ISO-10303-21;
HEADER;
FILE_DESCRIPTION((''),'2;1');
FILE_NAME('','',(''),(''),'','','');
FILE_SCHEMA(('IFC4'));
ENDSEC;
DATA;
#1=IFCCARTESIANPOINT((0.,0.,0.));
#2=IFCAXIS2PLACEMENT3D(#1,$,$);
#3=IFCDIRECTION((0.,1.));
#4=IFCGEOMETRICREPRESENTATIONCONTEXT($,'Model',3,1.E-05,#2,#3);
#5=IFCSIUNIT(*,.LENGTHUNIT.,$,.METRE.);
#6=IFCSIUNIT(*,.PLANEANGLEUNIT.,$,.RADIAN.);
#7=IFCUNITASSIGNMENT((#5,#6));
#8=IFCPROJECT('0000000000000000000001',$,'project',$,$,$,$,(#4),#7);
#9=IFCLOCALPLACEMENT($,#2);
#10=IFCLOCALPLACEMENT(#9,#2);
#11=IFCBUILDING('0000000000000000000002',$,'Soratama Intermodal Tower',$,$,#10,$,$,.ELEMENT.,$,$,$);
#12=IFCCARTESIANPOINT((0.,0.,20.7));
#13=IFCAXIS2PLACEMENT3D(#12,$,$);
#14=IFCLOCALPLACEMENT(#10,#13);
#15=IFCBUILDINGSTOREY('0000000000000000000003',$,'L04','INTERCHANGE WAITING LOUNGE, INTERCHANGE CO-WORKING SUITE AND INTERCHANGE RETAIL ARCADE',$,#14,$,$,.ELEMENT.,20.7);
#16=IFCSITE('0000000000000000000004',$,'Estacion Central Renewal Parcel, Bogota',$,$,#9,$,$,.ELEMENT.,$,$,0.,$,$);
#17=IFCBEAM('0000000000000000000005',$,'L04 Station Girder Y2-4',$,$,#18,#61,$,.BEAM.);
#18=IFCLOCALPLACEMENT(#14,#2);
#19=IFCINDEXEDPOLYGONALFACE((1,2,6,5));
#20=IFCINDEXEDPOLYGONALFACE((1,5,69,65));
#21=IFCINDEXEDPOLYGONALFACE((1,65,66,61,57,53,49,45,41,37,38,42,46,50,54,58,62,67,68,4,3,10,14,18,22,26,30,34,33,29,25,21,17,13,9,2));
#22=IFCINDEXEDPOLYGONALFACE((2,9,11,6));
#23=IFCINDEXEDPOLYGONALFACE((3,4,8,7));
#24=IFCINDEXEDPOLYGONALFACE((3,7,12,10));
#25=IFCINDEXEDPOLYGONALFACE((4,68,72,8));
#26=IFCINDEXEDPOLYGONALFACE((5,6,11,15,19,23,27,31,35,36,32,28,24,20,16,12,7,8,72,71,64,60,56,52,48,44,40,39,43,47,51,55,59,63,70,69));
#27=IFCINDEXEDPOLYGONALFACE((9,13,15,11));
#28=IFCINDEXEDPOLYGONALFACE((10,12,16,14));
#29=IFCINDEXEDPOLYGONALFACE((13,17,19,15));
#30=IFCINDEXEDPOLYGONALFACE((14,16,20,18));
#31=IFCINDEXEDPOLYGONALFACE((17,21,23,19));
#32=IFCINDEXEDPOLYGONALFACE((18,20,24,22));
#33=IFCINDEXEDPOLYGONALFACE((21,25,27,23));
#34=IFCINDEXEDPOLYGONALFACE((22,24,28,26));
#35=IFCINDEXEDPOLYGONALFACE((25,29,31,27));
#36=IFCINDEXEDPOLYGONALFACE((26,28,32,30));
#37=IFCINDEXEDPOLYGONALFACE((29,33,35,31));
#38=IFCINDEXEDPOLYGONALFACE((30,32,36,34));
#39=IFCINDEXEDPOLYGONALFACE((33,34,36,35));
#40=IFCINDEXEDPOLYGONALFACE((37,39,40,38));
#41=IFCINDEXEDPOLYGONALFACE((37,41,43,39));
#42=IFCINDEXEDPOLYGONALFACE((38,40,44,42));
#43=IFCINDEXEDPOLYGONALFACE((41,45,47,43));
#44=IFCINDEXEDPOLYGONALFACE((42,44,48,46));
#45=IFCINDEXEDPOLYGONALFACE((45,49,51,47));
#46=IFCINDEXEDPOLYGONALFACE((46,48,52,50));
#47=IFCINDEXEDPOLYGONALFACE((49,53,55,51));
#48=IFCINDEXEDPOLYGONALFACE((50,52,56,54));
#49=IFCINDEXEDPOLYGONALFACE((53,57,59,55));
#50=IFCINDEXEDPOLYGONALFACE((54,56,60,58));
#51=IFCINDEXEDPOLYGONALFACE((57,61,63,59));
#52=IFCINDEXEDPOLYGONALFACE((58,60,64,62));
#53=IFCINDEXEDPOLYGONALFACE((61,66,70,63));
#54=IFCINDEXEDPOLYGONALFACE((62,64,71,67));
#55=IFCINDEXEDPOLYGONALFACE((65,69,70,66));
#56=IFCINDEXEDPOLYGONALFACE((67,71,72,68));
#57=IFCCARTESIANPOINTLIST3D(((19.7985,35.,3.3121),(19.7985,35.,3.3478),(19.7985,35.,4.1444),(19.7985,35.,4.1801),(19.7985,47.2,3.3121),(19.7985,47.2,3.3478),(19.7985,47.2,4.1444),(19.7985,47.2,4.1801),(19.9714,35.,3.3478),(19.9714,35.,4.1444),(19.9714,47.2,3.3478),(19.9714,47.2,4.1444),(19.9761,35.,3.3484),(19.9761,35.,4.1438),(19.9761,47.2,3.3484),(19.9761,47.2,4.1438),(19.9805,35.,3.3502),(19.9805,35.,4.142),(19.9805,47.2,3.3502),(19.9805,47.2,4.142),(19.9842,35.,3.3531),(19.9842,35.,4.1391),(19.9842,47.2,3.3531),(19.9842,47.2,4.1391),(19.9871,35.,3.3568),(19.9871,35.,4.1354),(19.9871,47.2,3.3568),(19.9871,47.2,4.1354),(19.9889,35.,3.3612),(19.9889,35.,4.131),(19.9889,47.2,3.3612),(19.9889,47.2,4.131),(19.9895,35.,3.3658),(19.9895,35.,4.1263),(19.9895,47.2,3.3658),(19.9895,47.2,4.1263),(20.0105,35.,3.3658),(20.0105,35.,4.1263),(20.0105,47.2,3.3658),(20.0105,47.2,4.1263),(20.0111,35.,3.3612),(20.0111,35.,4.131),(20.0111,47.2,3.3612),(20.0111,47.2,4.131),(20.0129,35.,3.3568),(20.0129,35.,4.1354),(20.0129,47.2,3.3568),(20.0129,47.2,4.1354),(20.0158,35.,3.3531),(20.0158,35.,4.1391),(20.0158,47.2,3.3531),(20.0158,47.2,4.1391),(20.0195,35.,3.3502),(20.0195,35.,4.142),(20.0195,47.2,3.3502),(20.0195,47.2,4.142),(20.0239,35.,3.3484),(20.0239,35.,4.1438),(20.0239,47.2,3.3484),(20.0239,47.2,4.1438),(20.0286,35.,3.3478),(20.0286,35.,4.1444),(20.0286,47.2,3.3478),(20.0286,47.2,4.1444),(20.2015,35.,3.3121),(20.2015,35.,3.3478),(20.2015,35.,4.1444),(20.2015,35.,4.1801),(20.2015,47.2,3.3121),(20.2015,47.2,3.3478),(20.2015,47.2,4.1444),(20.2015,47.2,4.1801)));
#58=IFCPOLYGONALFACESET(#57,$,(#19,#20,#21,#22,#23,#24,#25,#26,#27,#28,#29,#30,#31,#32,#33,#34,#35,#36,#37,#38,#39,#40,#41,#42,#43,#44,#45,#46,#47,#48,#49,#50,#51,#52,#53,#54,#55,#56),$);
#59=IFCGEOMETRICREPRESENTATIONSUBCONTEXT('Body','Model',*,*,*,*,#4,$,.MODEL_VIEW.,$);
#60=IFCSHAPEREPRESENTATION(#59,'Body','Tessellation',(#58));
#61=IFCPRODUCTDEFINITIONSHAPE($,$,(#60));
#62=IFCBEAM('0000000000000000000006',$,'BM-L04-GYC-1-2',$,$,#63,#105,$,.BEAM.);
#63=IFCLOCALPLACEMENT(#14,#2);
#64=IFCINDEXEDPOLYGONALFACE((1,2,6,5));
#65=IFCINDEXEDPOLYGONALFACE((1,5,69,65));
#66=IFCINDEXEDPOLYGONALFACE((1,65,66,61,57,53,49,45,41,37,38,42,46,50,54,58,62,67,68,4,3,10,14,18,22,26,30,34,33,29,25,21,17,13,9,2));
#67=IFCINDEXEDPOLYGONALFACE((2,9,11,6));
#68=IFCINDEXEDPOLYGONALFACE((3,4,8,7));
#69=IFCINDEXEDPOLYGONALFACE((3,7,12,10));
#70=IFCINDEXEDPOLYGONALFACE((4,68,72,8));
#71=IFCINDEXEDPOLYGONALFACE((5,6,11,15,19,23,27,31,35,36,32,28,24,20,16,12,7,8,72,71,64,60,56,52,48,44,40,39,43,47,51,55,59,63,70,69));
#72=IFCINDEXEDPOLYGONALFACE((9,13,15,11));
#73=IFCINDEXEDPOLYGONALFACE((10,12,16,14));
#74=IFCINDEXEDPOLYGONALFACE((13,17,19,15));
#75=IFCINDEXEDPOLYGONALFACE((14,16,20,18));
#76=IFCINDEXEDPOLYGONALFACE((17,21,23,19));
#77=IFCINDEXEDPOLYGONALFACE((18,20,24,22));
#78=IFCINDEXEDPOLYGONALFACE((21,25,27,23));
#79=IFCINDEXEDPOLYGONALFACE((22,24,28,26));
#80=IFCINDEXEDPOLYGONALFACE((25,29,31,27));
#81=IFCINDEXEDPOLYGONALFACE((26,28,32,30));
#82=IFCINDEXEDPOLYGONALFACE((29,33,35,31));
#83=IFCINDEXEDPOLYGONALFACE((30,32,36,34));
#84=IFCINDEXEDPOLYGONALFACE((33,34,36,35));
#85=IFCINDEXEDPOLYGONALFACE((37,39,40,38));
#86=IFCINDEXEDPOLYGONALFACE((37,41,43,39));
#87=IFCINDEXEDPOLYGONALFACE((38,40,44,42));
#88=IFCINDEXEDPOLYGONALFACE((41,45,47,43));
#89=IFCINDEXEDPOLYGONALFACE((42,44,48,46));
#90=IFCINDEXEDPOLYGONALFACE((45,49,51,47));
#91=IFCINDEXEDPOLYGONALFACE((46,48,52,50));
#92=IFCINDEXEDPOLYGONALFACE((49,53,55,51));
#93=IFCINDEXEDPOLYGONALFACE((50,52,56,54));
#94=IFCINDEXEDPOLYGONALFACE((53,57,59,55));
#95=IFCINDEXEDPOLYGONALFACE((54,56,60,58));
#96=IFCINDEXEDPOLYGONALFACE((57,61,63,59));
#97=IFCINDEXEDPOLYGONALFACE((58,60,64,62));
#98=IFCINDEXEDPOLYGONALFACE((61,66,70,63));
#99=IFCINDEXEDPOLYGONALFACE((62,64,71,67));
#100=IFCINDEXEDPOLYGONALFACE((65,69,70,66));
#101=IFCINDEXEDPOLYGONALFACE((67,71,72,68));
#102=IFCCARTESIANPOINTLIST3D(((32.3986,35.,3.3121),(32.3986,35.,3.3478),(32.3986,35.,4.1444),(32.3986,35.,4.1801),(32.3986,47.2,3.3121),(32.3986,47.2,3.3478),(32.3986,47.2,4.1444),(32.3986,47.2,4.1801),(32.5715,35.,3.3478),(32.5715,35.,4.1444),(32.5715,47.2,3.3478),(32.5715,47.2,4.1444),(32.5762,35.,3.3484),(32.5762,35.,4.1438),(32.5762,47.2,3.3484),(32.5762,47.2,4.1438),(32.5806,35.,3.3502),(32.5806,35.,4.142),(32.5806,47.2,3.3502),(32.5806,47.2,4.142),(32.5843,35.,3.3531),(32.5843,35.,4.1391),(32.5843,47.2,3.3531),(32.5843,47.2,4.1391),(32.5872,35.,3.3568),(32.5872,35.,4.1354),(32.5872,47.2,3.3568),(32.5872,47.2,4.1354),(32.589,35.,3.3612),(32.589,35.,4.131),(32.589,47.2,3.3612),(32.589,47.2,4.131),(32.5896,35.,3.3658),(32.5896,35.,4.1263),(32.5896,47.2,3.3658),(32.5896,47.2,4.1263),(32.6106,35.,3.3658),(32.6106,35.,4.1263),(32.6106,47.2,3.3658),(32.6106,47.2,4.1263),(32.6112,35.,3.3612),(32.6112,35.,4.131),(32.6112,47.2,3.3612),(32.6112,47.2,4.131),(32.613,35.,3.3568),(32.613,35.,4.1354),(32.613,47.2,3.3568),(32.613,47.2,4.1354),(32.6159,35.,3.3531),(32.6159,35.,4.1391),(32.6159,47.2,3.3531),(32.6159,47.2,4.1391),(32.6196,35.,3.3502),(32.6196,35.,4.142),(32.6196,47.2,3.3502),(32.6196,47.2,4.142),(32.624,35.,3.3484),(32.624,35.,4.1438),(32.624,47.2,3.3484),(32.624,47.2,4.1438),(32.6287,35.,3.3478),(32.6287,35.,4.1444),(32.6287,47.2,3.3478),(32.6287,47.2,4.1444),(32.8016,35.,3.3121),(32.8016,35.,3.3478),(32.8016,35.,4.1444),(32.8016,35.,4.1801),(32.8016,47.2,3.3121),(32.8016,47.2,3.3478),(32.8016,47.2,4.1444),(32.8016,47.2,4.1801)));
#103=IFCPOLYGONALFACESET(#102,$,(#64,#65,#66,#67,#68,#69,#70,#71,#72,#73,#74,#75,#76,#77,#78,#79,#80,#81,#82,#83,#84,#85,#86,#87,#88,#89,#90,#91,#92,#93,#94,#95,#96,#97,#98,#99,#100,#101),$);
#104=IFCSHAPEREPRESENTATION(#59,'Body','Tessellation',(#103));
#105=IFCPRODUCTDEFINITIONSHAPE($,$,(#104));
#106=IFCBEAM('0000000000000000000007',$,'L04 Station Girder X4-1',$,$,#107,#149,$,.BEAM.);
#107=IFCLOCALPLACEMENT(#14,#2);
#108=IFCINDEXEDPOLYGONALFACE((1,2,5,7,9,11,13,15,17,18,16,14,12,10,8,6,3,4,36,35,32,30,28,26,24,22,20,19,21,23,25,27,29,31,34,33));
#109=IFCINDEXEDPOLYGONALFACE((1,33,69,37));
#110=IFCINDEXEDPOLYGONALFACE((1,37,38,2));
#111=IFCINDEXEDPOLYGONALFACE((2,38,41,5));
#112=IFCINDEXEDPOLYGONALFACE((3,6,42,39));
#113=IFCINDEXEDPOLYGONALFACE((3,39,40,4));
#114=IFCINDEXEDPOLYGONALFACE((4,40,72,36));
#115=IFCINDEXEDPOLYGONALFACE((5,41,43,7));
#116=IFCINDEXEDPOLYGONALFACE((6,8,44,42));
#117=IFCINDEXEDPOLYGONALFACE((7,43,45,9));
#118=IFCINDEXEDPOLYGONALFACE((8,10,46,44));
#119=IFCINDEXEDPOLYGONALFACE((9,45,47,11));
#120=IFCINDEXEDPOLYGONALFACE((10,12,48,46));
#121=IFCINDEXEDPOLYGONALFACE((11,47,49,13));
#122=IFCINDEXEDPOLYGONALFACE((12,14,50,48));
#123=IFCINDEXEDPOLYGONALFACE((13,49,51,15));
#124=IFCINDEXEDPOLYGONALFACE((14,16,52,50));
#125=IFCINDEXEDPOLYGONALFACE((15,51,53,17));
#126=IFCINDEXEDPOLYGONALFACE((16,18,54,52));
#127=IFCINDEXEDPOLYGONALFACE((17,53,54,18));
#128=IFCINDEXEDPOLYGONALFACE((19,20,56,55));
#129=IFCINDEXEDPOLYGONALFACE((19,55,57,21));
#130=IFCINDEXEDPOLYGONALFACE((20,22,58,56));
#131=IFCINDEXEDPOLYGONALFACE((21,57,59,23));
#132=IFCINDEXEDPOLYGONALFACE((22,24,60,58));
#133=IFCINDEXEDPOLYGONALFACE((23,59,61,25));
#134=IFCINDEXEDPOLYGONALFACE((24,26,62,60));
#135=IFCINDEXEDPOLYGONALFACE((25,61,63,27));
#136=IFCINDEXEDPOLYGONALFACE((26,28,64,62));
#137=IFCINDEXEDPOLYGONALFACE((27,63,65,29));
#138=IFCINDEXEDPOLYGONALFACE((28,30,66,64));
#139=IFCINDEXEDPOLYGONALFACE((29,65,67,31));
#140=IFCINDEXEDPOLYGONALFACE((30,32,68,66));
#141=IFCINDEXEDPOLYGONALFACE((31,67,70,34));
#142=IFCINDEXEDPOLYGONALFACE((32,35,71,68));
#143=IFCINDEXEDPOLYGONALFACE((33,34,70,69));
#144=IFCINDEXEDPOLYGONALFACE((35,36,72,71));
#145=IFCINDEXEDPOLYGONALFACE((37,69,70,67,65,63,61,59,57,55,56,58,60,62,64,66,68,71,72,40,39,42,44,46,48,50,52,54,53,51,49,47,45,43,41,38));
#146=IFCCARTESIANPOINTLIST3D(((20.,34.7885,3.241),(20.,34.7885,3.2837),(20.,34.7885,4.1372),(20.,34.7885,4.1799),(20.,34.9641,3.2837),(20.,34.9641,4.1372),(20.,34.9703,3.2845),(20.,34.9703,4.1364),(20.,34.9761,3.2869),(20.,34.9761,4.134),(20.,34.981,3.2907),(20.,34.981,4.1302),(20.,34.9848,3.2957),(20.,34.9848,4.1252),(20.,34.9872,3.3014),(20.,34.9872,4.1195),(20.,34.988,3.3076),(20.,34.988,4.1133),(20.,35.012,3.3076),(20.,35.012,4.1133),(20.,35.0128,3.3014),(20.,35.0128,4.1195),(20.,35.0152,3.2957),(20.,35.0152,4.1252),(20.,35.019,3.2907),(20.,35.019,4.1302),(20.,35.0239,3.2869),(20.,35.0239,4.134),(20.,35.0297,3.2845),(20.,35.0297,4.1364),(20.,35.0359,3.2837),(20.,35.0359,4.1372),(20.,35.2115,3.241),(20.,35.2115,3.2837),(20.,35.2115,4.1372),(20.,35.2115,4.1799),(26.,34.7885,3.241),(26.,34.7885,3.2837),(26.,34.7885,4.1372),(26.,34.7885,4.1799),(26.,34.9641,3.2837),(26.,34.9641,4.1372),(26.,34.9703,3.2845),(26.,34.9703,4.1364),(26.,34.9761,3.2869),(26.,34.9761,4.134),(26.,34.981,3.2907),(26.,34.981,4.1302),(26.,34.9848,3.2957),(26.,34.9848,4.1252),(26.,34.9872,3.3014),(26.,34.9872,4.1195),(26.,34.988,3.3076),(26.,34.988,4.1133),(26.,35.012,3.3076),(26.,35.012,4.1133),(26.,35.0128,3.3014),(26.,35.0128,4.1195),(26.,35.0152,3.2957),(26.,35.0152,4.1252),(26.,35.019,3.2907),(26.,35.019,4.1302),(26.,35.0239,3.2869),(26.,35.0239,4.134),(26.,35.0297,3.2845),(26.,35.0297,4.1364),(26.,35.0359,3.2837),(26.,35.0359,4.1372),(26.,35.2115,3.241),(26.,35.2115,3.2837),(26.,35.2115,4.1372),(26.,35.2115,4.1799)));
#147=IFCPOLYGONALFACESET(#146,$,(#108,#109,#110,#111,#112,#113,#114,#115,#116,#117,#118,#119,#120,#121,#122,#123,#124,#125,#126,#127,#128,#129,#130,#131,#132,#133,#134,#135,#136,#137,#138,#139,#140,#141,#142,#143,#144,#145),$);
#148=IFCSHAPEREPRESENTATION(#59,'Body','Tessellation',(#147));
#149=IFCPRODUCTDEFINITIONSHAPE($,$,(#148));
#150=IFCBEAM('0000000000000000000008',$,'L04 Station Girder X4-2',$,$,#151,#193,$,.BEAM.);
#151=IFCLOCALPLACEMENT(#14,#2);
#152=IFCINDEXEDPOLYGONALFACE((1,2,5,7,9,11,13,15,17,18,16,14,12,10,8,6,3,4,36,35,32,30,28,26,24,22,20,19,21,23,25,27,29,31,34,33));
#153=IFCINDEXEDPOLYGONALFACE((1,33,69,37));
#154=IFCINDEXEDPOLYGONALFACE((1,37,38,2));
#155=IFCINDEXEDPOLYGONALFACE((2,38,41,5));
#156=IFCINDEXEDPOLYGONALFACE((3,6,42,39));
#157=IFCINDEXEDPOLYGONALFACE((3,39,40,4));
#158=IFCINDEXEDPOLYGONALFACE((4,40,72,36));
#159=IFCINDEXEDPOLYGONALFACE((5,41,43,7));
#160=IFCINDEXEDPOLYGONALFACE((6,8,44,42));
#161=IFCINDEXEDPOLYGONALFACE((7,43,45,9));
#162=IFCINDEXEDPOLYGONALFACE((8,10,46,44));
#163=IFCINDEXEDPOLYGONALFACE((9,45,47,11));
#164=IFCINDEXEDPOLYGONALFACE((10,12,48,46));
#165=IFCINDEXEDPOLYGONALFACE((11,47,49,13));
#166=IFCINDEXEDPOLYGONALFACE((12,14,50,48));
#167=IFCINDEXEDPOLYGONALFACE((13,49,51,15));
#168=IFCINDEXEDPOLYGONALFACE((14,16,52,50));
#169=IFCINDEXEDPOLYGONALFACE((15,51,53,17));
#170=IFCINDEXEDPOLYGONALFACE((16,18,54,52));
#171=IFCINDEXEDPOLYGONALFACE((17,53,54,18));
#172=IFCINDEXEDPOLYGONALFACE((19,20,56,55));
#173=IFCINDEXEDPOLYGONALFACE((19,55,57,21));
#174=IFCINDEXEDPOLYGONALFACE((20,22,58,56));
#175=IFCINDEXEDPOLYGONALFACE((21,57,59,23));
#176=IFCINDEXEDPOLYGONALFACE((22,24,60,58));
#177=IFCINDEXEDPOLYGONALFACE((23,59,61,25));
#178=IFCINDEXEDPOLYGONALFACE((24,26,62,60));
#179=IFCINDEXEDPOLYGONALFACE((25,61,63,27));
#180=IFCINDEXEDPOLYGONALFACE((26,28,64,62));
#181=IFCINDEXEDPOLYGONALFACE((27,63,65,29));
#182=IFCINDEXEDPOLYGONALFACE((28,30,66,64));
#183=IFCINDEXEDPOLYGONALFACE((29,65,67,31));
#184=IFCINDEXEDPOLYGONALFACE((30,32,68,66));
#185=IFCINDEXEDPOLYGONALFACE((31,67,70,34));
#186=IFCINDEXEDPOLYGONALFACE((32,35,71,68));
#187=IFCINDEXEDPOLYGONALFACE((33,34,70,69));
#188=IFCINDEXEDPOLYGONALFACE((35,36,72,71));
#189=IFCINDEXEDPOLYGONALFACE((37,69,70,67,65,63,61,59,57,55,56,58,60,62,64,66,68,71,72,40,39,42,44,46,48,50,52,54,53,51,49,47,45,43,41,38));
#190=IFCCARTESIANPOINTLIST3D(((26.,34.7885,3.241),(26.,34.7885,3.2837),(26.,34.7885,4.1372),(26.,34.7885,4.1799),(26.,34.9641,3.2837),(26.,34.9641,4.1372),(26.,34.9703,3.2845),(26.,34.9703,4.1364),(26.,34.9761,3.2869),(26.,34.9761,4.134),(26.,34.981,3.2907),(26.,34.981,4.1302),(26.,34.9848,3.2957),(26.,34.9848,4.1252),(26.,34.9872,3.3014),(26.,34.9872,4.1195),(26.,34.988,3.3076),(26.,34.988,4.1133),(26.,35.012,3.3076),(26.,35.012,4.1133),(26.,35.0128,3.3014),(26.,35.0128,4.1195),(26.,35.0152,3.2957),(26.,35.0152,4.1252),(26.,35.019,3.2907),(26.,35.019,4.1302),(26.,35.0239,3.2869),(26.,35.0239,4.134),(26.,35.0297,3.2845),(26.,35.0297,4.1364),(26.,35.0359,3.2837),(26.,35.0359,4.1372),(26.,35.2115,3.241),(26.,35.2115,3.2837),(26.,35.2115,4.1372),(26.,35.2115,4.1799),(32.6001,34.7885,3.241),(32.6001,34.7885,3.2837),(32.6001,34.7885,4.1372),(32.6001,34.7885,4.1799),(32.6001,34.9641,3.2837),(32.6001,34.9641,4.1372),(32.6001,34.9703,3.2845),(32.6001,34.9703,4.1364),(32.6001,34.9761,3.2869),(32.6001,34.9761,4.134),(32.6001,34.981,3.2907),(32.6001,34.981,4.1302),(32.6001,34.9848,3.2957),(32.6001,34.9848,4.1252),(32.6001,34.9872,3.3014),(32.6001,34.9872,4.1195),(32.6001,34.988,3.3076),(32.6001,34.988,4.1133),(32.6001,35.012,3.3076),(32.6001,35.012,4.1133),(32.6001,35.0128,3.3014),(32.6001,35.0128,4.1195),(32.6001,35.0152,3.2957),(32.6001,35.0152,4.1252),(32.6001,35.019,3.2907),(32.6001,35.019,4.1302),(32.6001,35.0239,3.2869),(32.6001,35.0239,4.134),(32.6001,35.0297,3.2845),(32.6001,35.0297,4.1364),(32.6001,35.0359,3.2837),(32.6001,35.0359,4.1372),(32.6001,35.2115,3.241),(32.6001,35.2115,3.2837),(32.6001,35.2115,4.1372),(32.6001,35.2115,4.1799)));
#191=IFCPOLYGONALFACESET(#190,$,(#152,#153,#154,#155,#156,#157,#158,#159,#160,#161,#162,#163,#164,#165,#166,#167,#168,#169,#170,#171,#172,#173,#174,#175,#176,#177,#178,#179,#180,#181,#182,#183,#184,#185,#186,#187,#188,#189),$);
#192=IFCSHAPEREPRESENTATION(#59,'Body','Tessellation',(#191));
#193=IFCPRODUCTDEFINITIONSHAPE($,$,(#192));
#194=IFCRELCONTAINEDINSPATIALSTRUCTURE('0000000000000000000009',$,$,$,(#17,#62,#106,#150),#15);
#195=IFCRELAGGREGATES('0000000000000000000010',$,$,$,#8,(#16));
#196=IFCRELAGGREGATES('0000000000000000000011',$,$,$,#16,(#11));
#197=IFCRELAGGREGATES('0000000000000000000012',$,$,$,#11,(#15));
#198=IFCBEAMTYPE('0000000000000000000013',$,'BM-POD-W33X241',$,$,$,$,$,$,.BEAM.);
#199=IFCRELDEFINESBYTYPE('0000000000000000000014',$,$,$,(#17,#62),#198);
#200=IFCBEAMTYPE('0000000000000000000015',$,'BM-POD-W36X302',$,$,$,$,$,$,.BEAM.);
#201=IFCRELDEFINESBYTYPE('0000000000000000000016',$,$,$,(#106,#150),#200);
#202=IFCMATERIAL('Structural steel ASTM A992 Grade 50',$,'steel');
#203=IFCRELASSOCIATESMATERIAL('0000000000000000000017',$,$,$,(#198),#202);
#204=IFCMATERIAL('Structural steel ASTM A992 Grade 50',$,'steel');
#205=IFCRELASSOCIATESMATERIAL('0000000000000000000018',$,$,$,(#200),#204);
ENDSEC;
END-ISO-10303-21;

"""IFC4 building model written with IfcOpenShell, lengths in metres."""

from ifc_helpers import new_model, si_unit, direction, frame, origin, origin_2d, place, context, subcontext, project, spatial, i_section, extrude, material, material_profile, profile_set, type_object, element, save


model = new_model("IFC4")

# Units and contexts
model_context = context("Model", 3, precision=1e-05, world=origin(), true_north=direction((0.0, 1.0)))
body_context = subcontext(model_context, "Body", "Model", "MODEL_VIEW")
ifc_project = project(units=[si_unit("LENGTHUNIT", "METRE"), si_unit("PLANEANGLEUNIT", "RADIAN")], contexts=[model_context])

# Site, building, storey
site_placement = place(None, origin())
site = spatial("IfcSite", under=ifc_project, at=site_placement, Name="Estacion Central Renewal Parcel, Bogota", CompositionType="ELEMENT", RefElevation=0.0)
building_placement = place(site_placement, origin())
building = spatial("IfcBuilding", under=site, at=building_placement, Name="Soratama Intermodal Tower", CompositionType="ELEMENT")
storey_placement = place(building_placement, frame((0.0, 0.0, 20.7)))
storey = spatial("IfcBuildingStorey", under=building, at=storey_placement, Name="L04", Description="INTERCHANGE WAITING LOUNGE, INTERCHANGE CO-WORKING SUITE AND INTERCHANGE RETAIL ARCADE", CompositionType="ELEMENT", Elevation=20.7)

# Beams
ifc_material_1 = material(Name="Structural steel ASTM A992 Grade 50", Category="steel")
ifc_material_profile_1 = material_profile(ifc_material_1, i_section(OverallWidth=0.4031, OverallDepth=0.8679, WebThickness=0.021, FlangeThickness=0.0356, FilletRadius=0.0181, at=origin_2d()), Name="W33X241")
ifc_profile_set_1 = profile_set([ifc_material_profile_1], Name="Structural steel ASTM A992 Grade 50")
beam_type_1 = type_object("IfcBeamType", Name="BM-POD-W33X241", PredefinedType="BEAM", material=ifc_profile_set_1)
for number, where, z_axis, x_axis, name in (
    (1, (20.0, 35.0, 3.7461), (0.0, 1.0, 0.0), (-1.0, 0.0, 0.0), "L04 Station Girder Y2-4"),
    (2, (32.6001, 35.0, 3.7461), (0.0, 1.0, 0.0), (-1.0, 0.0, 0.0), "BM-L04-GYC-1-2"),
):
    element("IfcBeam", number, at=place(storey_placement, frame(where, z_axis=z_axis, x_axis=x_axis)), inside=storey, type_object=beam_type_1, Name=name, PredefinedType="BEAM", context=body_context, shape_type="SweptSolid", body=[
        extrude(i_section(OverallWidth=0.4031, OverallDepth=0.8679, WebThickness=0.021, FlangeThickness=0.0356, FilletRadius=0.0181, at=origin_2d()), origin(), (0.0, 0.0, 1.0), 12.2),
    ])
ifc_material_2 = material(Name="Structural steel ASTM A992 Grade 50", Category="steel")
ifc_material_profile_2 = material_profile(ifc_material_2, i_section(OverallWidth=0.4231, OverallDepth=0.939, WebThickness=0.0239, FlangeThickness=0.0427, FilletRadius=0.0239, at=origin_2d()), Name="W36X302")
ifc_profile_set_2 = profile_set([ifc_material_profile_2], Name="Structural steel ASTM A992 Grade 50")
beam_type_2 = type_object("IfcBeamType", Name="BM-POD-W36X302", PredefinedType="BEAM", material=ifc_profile_set_2)
beam_1_placement = place(storey_placement, frame((20.0, 35.0, 3.7104), z_axis=(1.0, 0.0, 0.0), x_axis=(0.0, 1.0, 0.0)))
element("IfcBeam", 3, at=beam_1_placement, inside=storey, type_object=beam_type_2, Name="L04 Station Girder X4-1", PredefinedType="BEAM", context=body_context, shape_type="SweptSolid", body=[
    extrude(i_section(OverallWidth=0.4231, OverallDepth=0.939, WebThickness=0.0239, FlangeThickness=0.0427, FilletRadius=0.0239, at=origin_2d()), origin(), (0.0, 0.0, 1.0), 6.0),
])
beam_2_placement = place(storey_placement, frame((26.0, 35.0, 3.7104), z_axis=(1.0, 0.0, 0.0), x_axis=(0.0, 1.0, 0.0)))
element("IfcBeam", 4, at=beam_2_placement, inside=storey, type_object=beam_type_2, Name="L04 Station Girder X4-2", PredefinedType="BEAM", context=body_context, shape_type="SweptSolid", body=[
    extrude(i_section(OverallWidth=0.4231, OverallDepth=0.939, WebThickness=0.0239, FlangeThickness=0.0427, FilletRadius=0.0239, at=origin_2d()), origin(), (0.0, 0.0, 1.0), 6.6001),
])

save(model, "model.ifc")
